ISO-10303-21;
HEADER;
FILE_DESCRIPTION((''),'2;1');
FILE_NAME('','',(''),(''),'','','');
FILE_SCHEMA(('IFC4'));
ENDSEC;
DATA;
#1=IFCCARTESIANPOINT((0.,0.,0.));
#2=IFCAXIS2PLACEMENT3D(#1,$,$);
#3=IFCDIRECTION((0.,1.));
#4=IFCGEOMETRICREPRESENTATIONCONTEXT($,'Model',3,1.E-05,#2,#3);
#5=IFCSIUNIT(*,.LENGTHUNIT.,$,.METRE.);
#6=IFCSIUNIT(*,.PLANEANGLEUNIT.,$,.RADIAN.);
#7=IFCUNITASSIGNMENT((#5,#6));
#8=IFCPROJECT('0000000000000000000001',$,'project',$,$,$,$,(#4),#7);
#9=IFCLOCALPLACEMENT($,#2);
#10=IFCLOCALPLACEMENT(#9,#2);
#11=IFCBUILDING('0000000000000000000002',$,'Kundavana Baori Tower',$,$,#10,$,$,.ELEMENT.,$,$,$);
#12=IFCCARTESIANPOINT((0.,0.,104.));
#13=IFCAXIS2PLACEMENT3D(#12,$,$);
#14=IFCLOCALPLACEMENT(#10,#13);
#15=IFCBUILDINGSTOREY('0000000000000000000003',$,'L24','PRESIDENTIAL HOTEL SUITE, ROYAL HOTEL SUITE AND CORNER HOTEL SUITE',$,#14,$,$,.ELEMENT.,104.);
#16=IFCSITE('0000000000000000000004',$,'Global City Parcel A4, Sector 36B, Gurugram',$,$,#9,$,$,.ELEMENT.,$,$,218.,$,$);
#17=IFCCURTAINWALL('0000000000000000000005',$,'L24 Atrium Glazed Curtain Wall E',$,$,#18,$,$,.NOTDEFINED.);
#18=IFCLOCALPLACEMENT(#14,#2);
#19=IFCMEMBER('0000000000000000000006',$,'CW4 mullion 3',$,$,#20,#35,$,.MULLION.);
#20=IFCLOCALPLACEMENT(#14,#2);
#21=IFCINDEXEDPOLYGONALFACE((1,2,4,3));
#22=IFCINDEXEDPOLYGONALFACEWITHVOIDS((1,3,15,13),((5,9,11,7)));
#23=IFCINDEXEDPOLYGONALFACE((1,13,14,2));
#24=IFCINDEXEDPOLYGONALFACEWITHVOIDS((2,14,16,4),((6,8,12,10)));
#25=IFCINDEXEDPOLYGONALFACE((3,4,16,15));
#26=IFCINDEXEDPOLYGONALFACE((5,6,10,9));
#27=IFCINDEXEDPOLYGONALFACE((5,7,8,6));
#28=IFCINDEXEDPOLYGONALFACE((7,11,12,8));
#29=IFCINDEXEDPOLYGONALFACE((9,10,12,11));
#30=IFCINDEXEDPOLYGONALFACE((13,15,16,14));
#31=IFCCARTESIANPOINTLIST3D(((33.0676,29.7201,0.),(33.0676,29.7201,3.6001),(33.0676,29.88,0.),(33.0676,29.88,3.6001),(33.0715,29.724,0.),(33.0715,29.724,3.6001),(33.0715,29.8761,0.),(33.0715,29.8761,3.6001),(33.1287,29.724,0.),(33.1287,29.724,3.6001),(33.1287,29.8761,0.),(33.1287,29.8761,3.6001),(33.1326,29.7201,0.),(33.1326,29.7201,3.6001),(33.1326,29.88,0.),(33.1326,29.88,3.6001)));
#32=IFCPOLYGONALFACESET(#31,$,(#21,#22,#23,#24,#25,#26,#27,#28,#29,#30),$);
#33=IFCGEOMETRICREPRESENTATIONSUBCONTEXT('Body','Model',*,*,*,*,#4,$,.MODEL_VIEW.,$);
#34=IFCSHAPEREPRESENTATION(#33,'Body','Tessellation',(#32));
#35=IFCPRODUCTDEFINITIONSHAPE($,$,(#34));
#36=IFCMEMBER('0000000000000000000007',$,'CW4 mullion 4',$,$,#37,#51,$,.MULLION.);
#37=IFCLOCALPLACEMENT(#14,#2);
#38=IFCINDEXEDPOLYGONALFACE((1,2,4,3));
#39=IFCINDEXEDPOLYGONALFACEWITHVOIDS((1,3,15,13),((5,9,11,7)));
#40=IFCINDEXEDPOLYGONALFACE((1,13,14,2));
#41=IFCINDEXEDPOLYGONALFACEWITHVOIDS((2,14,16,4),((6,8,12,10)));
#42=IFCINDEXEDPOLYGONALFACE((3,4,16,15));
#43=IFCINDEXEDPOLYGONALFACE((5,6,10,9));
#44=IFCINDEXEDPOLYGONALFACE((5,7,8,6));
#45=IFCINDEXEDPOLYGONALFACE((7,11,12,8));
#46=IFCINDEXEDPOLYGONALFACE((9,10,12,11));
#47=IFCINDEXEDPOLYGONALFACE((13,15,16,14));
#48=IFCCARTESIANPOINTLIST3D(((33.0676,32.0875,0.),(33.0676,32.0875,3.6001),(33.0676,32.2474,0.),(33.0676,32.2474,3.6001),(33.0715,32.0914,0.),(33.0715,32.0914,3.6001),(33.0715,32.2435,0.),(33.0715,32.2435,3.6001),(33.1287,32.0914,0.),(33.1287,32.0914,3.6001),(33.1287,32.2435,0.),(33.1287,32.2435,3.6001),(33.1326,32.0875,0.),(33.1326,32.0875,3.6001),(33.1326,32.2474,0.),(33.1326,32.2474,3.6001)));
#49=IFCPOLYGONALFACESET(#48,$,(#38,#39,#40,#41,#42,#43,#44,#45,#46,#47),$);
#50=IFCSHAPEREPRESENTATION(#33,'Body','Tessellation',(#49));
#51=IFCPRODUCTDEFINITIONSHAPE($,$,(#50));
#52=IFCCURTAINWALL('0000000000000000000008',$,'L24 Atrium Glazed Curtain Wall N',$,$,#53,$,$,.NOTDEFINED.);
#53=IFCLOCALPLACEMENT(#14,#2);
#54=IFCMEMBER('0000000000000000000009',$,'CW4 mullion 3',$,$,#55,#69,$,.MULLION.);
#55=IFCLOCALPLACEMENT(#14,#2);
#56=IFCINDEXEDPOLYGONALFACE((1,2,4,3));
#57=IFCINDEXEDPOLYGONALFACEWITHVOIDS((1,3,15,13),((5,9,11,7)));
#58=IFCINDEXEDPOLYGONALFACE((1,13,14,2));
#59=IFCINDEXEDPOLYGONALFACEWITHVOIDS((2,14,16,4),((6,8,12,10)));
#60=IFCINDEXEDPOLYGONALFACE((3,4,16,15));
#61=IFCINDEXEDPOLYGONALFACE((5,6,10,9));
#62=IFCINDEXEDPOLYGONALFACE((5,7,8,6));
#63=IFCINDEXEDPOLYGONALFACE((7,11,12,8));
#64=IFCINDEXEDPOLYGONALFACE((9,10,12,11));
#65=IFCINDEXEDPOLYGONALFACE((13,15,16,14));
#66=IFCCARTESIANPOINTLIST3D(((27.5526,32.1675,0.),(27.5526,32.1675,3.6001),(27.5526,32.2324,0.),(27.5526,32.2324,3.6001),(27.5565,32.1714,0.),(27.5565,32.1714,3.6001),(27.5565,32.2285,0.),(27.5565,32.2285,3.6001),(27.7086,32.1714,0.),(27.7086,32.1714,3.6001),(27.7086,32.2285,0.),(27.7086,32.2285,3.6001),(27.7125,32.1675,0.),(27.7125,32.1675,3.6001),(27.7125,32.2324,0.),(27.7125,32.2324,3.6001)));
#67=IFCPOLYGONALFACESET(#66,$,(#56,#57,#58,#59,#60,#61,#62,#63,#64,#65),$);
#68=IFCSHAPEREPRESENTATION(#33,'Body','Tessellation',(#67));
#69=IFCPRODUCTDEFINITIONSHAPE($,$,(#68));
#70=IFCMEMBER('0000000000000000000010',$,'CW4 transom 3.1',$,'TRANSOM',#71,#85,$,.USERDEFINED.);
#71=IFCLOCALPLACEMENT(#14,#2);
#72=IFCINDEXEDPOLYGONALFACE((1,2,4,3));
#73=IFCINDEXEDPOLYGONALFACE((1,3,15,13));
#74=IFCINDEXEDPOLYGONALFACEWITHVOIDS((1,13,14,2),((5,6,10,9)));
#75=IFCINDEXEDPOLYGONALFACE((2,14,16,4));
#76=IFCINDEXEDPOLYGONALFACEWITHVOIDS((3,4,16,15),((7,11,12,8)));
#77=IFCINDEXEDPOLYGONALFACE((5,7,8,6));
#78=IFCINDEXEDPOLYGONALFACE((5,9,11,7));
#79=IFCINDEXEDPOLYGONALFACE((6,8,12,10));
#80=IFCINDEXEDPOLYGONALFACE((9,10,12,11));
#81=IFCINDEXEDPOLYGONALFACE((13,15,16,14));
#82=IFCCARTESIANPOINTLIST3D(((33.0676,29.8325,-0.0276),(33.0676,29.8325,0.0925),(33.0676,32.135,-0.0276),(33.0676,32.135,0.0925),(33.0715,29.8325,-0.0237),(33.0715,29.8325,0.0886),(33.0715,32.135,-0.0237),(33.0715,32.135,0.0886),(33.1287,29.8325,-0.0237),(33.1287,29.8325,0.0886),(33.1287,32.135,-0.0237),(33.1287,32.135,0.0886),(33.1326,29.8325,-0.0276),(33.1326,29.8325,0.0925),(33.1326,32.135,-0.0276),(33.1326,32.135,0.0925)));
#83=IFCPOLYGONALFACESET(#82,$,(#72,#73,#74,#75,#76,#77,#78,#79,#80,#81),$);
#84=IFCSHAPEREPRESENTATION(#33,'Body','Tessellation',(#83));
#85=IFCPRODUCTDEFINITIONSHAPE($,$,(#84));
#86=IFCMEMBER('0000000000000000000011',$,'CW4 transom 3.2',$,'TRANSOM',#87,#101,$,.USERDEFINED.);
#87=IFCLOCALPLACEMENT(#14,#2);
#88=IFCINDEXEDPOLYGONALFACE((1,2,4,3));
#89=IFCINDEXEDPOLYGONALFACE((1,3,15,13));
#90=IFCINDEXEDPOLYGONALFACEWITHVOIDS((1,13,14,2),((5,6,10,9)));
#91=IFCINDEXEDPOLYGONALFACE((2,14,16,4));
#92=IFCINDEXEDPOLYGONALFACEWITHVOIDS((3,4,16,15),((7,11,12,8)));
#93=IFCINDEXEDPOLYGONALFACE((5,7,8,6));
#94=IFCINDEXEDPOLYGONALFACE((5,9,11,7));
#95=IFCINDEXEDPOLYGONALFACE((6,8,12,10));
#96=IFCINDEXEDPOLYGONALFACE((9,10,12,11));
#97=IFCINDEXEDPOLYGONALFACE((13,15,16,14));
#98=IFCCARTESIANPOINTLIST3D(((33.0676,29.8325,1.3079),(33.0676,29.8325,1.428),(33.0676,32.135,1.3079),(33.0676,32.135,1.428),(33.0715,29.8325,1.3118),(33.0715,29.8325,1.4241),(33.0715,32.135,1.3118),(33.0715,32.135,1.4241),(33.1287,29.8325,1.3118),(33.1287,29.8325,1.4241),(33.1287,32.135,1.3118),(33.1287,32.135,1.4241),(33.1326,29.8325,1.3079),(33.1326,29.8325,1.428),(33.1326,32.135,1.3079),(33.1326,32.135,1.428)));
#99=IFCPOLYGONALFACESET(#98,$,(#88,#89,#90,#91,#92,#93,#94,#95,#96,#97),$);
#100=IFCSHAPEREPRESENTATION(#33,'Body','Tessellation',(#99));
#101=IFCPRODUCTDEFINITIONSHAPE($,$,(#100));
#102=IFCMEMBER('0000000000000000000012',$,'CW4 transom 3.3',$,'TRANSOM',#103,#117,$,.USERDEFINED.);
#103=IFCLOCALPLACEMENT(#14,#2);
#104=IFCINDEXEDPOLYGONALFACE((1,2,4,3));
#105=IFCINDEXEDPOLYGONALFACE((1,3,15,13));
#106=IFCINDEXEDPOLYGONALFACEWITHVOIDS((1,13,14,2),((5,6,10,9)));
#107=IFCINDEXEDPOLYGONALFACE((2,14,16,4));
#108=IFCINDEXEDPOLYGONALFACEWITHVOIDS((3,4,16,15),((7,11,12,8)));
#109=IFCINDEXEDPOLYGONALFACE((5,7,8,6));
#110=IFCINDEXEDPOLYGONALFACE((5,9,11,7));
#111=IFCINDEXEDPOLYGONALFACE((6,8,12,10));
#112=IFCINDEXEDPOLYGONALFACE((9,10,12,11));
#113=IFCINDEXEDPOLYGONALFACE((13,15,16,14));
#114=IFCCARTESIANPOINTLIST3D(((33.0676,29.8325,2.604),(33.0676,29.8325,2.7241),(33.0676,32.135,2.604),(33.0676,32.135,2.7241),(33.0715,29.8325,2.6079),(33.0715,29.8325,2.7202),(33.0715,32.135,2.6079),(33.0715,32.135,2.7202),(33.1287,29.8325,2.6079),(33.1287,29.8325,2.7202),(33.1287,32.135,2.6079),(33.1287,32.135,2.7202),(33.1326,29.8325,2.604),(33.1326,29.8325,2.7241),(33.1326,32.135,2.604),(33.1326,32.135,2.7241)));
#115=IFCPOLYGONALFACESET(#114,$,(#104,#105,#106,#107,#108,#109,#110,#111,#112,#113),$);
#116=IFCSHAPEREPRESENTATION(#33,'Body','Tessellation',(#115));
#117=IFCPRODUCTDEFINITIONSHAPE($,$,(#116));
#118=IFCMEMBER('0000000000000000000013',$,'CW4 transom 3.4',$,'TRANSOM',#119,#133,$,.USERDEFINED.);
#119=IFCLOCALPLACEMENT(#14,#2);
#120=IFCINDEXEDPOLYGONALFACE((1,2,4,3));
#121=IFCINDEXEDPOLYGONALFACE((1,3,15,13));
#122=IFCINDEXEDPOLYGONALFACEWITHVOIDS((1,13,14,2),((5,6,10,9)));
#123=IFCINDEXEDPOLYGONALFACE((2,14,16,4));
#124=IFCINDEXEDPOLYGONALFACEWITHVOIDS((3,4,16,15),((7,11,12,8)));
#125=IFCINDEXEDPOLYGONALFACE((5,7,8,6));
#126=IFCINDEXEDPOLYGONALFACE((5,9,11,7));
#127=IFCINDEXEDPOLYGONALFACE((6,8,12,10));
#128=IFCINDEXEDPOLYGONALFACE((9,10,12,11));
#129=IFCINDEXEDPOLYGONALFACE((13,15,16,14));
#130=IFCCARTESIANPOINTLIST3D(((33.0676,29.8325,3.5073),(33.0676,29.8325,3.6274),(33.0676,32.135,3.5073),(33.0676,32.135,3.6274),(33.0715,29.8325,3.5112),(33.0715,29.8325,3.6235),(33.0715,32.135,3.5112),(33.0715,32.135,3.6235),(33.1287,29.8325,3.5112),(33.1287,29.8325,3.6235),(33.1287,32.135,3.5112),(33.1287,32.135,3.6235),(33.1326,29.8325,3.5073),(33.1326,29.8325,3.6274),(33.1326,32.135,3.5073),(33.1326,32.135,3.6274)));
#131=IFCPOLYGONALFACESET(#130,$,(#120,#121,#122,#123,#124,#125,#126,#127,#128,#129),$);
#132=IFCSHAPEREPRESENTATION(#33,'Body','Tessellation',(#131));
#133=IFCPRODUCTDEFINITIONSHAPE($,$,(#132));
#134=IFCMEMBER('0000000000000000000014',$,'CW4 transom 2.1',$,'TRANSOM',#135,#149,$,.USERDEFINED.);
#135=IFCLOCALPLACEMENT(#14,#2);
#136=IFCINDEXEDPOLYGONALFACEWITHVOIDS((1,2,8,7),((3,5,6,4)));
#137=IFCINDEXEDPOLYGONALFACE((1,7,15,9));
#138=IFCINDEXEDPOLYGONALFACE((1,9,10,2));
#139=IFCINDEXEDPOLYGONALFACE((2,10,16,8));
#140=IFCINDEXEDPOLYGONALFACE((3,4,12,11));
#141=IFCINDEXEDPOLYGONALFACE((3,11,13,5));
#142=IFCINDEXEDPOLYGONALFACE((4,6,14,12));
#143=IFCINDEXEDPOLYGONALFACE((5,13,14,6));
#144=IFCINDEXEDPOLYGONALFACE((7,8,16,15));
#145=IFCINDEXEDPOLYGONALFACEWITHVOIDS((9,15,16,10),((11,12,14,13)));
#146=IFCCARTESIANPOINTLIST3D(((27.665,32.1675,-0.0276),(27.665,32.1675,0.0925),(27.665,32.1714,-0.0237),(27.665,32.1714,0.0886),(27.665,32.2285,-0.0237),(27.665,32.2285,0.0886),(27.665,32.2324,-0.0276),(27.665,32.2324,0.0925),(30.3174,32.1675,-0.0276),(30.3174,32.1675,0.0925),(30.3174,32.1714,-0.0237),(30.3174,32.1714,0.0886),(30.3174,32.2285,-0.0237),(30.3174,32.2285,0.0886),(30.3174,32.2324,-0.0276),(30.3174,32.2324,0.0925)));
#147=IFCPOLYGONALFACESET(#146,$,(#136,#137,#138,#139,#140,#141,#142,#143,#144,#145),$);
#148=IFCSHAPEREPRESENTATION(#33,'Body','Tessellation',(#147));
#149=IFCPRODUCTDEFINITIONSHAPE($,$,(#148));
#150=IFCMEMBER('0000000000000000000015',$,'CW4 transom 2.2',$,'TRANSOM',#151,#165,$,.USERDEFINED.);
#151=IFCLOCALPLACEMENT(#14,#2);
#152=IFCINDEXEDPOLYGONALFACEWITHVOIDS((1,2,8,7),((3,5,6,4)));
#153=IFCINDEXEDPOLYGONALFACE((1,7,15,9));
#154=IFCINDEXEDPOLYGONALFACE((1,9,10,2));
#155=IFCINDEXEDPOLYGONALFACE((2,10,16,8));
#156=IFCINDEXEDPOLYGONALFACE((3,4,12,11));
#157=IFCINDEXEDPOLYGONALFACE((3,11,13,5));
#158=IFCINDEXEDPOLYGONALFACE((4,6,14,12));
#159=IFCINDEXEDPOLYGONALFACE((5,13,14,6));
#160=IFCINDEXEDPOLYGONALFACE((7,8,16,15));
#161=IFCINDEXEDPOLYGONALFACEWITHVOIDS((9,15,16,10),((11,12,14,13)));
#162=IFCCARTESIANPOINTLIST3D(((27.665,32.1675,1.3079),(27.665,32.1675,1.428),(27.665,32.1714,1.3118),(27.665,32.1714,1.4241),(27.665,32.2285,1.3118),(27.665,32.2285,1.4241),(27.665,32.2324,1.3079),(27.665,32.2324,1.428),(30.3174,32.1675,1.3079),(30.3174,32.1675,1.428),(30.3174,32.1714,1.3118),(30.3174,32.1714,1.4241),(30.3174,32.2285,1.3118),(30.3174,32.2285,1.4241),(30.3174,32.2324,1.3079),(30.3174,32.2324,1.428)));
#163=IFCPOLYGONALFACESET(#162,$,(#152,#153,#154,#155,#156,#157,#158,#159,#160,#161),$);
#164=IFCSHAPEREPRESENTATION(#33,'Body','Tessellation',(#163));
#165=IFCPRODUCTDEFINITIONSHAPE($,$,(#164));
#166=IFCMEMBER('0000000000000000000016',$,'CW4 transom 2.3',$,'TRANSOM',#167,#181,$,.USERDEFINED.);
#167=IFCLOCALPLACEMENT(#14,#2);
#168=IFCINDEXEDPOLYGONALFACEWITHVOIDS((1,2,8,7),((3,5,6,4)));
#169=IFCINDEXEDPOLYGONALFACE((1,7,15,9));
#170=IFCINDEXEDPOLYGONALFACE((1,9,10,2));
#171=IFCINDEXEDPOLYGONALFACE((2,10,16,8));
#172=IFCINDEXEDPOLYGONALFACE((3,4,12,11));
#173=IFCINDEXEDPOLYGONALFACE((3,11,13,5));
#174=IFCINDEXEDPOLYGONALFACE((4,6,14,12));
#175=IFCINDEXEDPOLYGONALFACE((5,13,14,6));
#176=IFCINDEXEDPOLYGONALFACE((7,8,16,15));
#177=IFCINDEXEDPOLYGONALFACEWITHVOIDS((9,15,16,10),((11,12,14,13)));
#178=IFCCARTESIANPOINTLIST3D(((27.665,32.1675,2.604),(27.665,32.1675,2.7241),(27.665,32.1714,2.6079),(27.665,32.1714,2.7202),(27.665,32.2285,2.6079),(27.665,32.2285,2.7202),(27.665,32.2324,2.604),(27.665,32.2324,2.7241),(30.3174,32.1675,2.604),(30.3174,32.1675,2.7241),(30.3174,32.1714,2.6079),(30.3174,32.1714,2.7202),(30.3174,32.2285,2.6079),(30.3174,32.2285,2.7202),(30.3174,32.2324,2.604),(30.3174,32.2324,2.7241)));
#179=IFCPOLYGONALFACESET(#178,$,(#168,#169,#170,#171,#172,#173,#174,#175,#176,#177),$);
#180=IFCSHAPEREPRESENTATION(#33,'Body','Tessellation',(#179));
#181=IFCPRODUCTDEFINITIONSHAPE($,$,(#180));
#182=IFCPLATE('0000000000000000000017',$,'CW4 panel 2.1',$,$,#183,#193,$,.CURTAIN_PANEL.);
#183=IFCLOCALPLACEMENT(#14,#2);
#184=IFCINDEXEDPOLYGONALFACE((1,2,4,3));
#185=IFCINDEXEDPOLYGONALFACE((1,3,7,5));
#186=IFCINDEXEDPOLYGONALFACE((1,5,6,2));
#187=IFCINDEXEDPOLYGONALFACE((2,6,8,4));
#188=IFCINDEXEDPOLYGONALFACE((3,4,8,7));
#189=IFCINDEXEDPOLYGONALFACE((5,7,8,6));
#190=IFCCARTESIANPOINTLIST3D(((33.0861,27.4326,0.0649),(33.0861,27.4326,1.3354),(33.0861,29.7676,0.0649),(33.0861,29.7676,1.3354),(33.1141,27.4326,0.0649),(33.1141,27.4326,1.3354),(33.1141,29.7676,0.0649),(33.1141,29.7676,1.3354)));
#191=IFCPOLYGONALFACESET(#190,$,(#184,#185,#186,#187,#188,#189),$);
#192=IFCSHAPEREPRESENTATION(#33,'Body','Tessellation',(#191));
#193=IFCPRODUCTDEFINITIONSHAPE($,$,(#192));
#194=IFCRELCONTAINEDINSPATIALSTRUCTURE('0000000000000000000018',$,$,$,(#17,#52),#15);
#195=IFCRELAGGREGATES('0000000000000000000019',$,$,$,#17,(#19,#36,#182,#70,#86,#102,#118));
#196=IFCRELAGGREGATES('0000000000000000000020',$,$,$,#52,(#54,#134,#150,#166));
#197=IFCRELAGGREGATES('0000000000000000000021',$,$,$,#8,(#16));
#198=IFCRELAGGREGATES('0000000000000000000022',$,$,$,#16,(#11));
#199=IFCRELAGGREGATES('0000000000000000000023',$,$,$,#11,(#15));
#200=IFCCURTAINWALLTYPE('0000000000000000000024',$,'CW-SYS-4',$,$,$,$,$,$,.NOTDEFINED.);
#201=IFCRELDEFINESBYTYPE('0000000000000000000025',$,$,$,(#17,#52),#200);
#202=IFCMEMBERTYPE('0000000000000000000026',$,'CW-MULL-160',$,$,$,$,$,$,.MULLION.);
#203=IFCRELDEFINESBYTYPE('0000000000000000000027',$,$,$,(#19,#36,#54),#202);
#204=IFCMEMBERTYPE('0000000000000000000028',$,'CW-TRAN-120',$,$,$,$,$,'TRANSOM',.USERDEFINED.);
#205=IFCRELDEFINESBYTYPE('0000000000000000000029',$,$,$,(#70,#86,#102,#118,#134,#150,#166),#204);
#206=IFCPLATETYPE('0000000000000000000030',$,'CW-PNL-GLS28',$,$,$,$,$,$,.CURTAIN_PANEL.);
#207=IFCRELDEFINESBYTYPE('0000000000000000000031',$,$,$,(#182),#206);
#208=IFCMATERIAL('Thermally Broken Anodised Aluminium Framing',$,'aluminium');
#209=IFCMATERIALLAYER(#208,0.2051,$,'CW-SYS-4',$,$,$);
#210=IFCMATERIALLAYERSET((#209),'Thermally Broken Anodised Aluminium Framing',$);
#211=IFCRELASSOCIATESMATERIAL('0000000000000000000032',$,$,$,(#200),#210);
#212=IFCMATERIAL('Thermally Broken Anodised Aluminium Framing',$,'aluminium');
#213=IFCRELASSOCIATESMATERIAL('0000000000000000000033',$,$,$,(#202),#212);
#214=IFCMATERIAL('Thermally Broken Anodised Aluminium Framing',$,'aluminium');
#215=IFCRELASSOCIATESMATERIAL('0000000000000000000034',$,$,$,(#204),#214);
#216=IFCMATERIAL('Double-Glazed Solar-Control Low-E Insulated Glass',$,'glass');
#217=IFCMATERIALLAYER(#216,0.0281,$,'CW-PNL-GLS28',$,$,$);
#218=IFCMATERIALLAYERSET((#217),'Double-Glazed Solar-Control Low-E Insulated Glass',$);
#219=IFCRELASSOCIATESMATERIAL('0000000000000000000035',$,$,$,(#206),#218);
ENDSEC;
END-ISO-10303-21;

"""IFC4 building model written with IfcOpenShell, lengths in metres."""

from ifc_helpers import new_model, si_unit, direction, frame, origin, origin_2d, place, context, subcontext, project, spatial, rectangle, hollow_rectangle, extrude, material, layer, layer_set, material_profile, profile_set, type_object, element, aggregate, save


model = new_model("IFC4")

# Units and contexts
model_context = context("Model", 3, precision=1e-05, world=origin(), true_north=direction((0.0, 1.0)))
body_context = subcontext(model_context, "Body", "Model", "MODEL_VIEW")
ifc_project = project(units=[si_unit("LENGTHUNIT", "METRE"), si_unit("PLANEANGLEUNIT", "RADIAN")], contexts=[model_context])

# Site, building, storey
site_placement = place(None, origin())
site = spatial("IfcSite", under=ifc_project, at=site_placement, Name="Global City Parcel A4, Sector 36B, Gurugram", CompositionType="ELEMENT", RefElevation=218.0)
building_placement = place(site_placement, origin())
building = spatial("IfcBuilding", under=site, at=building_placement, Name="Kundavana Baori Tower", CompositionType="ELEMENT")
storey_placement = place(building_placement, frame((0.0, 0.0, 104.0)))
storey = spatial("IfcBuildingStorey", under=building, at=storey_placement, Name="L24", Description="PRESIDENTIAL HOTEL SUITE, ROYAL HOTEL SUITE AND CORNER HOTEL SUITE", CompositionType="ELEMENT", Elevation=104.0)

# Curtain wall, members
ifc_material_1 = material(Name="Thermally Broken Anodised Aluminium Framing", Category="aluminium")
ifc_layer_1 = layer(ifc_material_1, 0.2051, Name="CW-SYS-4")
ifc_layer_set_1 = layer_set([ifc_layer_1], Name="Thermally Broken Anodised Aluminium Framing")
curtain_wall_type = type_object("IfcCurtainWallType", Name="CW-SYS-4", PredefinedType="NOTDEFINED", material=ifc_layer_set_1)
curtain_wall_1_placement = place(storey_placement, origin())
curtain_wall_1 = element("IfcCurtainWall", 1, at=curtain_wall_1_placement, inside=storey, type_object=curtain_wall_type, Name="L24 Atrium Glazed Curtain Wall E", PredefinedType="NOTDEFINED")
ifc_material_2 = material(Name="Thermally Broken Anodised Aluminium Framing", Category="aluminium")
ifc_material_profile_1 = material_profile(ifc_material_2, hollow_rectangle(XDim=0.0649, YDim=0.1599, WallThickness=0.0039, at=origin_2d()), Name="CW-MULL-160")
ifc_profile_set_1 = profile_set([ifc_material_profile_1], Name="Thermally Broken Anodised Aluminium Framing")
member_type_1 = type_object("IfcMemberType", Name="CW-MULL-160", PredefinedType="MULLION", material=ifc_profile_set_1)
member_1_placement = place(storey_placement, frame((33.1001, 29.8, 0.0), z_axis=(0.0, 0.0, 1.0), x_axis=(-1.0, 0.0, 0.0)))
member_1 = element("IfcMember", 2, at=member_1_placement, type_object=member_type_1, Name="CW4 mullion 3", PredefinedType="MULLION", context=body_context, shape_type="SweptSolid", body=[
    extrude(hollow_rectangle(XDim=0.0649, YDim=0.1599, WallThickness=0.0039, at=origin_2d()), origin(), (0.0, 0.0, 1.0), 3.6001),
])
member_2_placement = place(storey_placement, frame((33.1001, 32.1675, 0.0), z_axis=(0.0, 0.0, 1.0), x_axis=(-1.0, 0.0, 0.0)))
member_2 = element("IfcMember", 3, at=member_2_placement, type_object=member_type_1, Name="CW4 mullion 4", PredefinedType="MULLION", context=body_context, shape_type="SweptSolid", body=[
    extrude(hollow_rectangle(XDim=0.0649, YDim=0.1599, WallThickness=0.0039, at=origin_2d()), origin(), (0.0, 0.0, 1.0), 3.6001),
])

# Curtain wall, member
curtain_wall_2_placement = place(storey_placement, origin())
curtain_wall_2 = element("IfcCurtainWall", 4, at=curtain_wall_2_placement, inside=storey, type_object=curtain_wall_type, Name="L24 Atrium Glazed Curtain Wall N", PredefinedType="NOTDEFINED")
member_3_placement = place(storey_placement, frame((27.6326, 32.2, 0.0), z_axis=(0.0, 0.0, 1.0), x_axis=(0.0, -1.0, 0.0)))
member_3 = element("IfcMember", 5, at=member_3_placement, type_object=member_type_1, Name="CW4 mullion 3", PredefinedType="MULLION", context=body_context, shape_type="SweptSolid", body=[
    extrude(hollow_rectangle(XDim=0.0649, YDim=0.1599, WallThickness=0.0039, at=origin_2d()), origin(), (0.0, 0.0, 1.0), 3.6001),
])

# Members
ifc_material_3 = material(Name="Thermally Broken Anodised Aluminium Framing", Category="aluminium")
ifc_material_profile_2 = material_profile(ifc_material_3, hollow_rectangle(XDim=0.0649, YDim=0.1201, WallThickness=0.0039, at=origin_2d()), Name="CW-TRAN-120")
ifc_profile_set_2 = profile_set([ifc_material_profile_2], Name="Thermally Broken Anodised Aluminium Framing")
member_type_2 = type_object("IfcMemberType", Name="CW-TRAN-120", ElementType="TRANSOM", PredefinedType="USERDEFINED", material=ifc_profile_set_2)
member_4_placement = place(storey_placement, frame((33.1001, 29.8325, 0.0325), z_axis=(0.0, 1.0, 0.0), x_axis=(-1.0, 0.0, 0.0)))
member_4 = element("IfcMember", 6, at=member_4_placement, type_object=member_type_2, Name="CW4 transom 3.1", ObjectType="TRANSOM", PredefinedType="USERDEFINED", context=body_context, shape_type="SweptSolid", body=[
    extrude(hollow_rectangle(XDim=0.0649, YDim=0.1201, WallThickness=0.0039, at=origin_2d()), origin(), (0.0, 0.0, 1.0), 2.3025),
])
member_5_placement = place(storey_placement, frame((33.1001, 29.8325, 1.3679), z_axis=(0.0, 1.0, 0.0), x_axis=(-1.0, 0.0, 0.0)))
member_5 = element("IfcMember", 7, at=member_5_placement, type_object=member_type_2, Name="CW4 transom 3.2", ObjectType="TRANSOM", PredefinedType="USERDEFINED", context=body_context, shape_type="SweptSolid", body=[
    extrude(hollow_rectangle(XDim=0.0649, YDim=0.1201, WallThickness=0.0039, at=origin_2d()), origin(), (0.0, 0.0, 1.0), 2.3025),
])
member_6_placement = place(storey_placement, frame((33.1001, 29.8325, 2.6641), z_axis=(0.0, 1.0, 0.0), x_axis=(-1.0, 0.0, 0.0)))
member_6 = element("IfcMember", 8, at=member_6_placement, type_object=member_type_2, Name="CW4 transom 3.3", ObjectType="TRANSOM", PredefinedType="USERDEFINED", context=body_context, shape_type="SweptSolid", body=[
    extrude(hollow_rectangle(XDim=0.0649, YDim=0.1201, WallThickness=0.0039, at=origin_2d()), origin(), (0.0, 0.0, 1.0), 2.3025),
])
member_7_placement = place(storey_placement, frame((33.1001, 29.8325, 3.5674), z_axis=(0.0, 1.0, 0.0), x_axis=(-1.0, 0.0, 0.0)))
member_7 = element("IfcMember", 9, at=member_7_placement, type_object=member_type_2, Name="CW4 transom 3.4", ObjectType="TRANSOM", PredefinedType="USERDEFINED", context=body_context, shape_type="SweptSolid", body=[
    extrude(hollow_rectangle(XDim=0.0649, YDim=0.1201, WallThickness=0.0039, at=origin_2d()), origin(), (0.0, 0.0, 1.0), 2.3025),
])
member_8_placement = place(storey_placement, frame((30.3174, 32.2, 0.0325), z_axis=(-1.0, 0.0, 0.0), x_axis=(0.0, -1.0, 0.0)))
member_8 = element("IfcMember", 10, at=member_8_placement, type_object=member_type_2, Name="CW4 transom 2.1", ObjectType="TRANSOM", PredefinedType="USERDEFINED", context=body_context, shape_type="SweptSolid", body=[
    extrude(hollow_rectangle(XDim=0.0649, YDim=0.1201, WallThickness=0.0039, at=origin_2d()), origin(), (0.0, 0.0, 1.0), 2.6523),
])
member_9_placement = place(storey_placement, frame((30.3174, 32.2, 1.3679), z_axis=(-1.0, 0.0, 0.0), x_axis=(0.0, -1.0, 0.0)))
member_9 = element("IfcMember", 11, at=member_9_placement, type_object=member_type_2, Name="CW4 transom 2.2", ObjectType="TRANSOM", PredefinedType="USERDEFINED", context=body_context, shape_type="SweptSolid", body=[
    extrude(hollow_rectangle(XDim=0.0649, YDim=0.1201, WallThickness=0.0039, at=origin_2d()), origin(), (0.0, 0.0, 1.0), 2.6523),
])
member_10_placement = place(storey_placement, frame((30.3174, 32.2, 2.6641), z_axis=(-1.0, 0.0, 0.0), x_axis=(0.0, -1.0, 0.0)))
member_10 = element("IfcMember", 12, at=member_10_placement, type_object=member_type_2, Name="CW4 transom 2.3", ObjectType="TRANSOM", PredefinedType="USERDEFINED", context=body_context, shape_type="SweptSolid", body=[
    extrude(hollow_rectangle(XDim=0.0649, YDim=0.1201, WallThickness=0.0039, at=origin_2d()), origin(), (0.0, 0.0, 1.0), 2.6523),
])

# Plate
ifc_material_4 = material(Name="Double-Glazed Solar-Control Low-E Insulated Glass", Category="glass")
ifc_layer_2 = layer(ifc_material_4, 0.0281, Name="CW-PNL-GLS28")
ifc_layer_set_2 = layer_set([ifc_layer_2], Name="Double-Glazed Solar-Control Low-E Insulated Glass")
plate_type = type_object("IfcPlateType", Name="CW-PNL-GLS28", PredefinedType="CURTAIN_PANEL", material=ifc_layer_set_2)
plate_1_placement = place(storey_placement, frame((33.1001, 28.6001, 0.0649), z_axis=(0.0, 0.0, 1.0), x_axis=(0.0, 1.0, 0.0)))
plate_1 = element("IfcPlate", 13, at=plate_1_placement, type_object=plate_type, Name="CW4 panel 2.1", PredefinedType="CURTAIN_PANEL", context=body_context, shape_type="SweptSolid", body=[
    extrude(rectangle(XDim=2.335, YDim=0.0281, at=origin_2d()), origin(), (0.0, 0.0, 1.0), 1.2705),
])
aggregate(curtain_wall_1, [member_1, member_2, plate_1, member_4, member_5, member_6, member_7])
aggregate(curtain_wall_2, [member_3, member_8, member_9, member_10])

save(model, "model.ifc")
